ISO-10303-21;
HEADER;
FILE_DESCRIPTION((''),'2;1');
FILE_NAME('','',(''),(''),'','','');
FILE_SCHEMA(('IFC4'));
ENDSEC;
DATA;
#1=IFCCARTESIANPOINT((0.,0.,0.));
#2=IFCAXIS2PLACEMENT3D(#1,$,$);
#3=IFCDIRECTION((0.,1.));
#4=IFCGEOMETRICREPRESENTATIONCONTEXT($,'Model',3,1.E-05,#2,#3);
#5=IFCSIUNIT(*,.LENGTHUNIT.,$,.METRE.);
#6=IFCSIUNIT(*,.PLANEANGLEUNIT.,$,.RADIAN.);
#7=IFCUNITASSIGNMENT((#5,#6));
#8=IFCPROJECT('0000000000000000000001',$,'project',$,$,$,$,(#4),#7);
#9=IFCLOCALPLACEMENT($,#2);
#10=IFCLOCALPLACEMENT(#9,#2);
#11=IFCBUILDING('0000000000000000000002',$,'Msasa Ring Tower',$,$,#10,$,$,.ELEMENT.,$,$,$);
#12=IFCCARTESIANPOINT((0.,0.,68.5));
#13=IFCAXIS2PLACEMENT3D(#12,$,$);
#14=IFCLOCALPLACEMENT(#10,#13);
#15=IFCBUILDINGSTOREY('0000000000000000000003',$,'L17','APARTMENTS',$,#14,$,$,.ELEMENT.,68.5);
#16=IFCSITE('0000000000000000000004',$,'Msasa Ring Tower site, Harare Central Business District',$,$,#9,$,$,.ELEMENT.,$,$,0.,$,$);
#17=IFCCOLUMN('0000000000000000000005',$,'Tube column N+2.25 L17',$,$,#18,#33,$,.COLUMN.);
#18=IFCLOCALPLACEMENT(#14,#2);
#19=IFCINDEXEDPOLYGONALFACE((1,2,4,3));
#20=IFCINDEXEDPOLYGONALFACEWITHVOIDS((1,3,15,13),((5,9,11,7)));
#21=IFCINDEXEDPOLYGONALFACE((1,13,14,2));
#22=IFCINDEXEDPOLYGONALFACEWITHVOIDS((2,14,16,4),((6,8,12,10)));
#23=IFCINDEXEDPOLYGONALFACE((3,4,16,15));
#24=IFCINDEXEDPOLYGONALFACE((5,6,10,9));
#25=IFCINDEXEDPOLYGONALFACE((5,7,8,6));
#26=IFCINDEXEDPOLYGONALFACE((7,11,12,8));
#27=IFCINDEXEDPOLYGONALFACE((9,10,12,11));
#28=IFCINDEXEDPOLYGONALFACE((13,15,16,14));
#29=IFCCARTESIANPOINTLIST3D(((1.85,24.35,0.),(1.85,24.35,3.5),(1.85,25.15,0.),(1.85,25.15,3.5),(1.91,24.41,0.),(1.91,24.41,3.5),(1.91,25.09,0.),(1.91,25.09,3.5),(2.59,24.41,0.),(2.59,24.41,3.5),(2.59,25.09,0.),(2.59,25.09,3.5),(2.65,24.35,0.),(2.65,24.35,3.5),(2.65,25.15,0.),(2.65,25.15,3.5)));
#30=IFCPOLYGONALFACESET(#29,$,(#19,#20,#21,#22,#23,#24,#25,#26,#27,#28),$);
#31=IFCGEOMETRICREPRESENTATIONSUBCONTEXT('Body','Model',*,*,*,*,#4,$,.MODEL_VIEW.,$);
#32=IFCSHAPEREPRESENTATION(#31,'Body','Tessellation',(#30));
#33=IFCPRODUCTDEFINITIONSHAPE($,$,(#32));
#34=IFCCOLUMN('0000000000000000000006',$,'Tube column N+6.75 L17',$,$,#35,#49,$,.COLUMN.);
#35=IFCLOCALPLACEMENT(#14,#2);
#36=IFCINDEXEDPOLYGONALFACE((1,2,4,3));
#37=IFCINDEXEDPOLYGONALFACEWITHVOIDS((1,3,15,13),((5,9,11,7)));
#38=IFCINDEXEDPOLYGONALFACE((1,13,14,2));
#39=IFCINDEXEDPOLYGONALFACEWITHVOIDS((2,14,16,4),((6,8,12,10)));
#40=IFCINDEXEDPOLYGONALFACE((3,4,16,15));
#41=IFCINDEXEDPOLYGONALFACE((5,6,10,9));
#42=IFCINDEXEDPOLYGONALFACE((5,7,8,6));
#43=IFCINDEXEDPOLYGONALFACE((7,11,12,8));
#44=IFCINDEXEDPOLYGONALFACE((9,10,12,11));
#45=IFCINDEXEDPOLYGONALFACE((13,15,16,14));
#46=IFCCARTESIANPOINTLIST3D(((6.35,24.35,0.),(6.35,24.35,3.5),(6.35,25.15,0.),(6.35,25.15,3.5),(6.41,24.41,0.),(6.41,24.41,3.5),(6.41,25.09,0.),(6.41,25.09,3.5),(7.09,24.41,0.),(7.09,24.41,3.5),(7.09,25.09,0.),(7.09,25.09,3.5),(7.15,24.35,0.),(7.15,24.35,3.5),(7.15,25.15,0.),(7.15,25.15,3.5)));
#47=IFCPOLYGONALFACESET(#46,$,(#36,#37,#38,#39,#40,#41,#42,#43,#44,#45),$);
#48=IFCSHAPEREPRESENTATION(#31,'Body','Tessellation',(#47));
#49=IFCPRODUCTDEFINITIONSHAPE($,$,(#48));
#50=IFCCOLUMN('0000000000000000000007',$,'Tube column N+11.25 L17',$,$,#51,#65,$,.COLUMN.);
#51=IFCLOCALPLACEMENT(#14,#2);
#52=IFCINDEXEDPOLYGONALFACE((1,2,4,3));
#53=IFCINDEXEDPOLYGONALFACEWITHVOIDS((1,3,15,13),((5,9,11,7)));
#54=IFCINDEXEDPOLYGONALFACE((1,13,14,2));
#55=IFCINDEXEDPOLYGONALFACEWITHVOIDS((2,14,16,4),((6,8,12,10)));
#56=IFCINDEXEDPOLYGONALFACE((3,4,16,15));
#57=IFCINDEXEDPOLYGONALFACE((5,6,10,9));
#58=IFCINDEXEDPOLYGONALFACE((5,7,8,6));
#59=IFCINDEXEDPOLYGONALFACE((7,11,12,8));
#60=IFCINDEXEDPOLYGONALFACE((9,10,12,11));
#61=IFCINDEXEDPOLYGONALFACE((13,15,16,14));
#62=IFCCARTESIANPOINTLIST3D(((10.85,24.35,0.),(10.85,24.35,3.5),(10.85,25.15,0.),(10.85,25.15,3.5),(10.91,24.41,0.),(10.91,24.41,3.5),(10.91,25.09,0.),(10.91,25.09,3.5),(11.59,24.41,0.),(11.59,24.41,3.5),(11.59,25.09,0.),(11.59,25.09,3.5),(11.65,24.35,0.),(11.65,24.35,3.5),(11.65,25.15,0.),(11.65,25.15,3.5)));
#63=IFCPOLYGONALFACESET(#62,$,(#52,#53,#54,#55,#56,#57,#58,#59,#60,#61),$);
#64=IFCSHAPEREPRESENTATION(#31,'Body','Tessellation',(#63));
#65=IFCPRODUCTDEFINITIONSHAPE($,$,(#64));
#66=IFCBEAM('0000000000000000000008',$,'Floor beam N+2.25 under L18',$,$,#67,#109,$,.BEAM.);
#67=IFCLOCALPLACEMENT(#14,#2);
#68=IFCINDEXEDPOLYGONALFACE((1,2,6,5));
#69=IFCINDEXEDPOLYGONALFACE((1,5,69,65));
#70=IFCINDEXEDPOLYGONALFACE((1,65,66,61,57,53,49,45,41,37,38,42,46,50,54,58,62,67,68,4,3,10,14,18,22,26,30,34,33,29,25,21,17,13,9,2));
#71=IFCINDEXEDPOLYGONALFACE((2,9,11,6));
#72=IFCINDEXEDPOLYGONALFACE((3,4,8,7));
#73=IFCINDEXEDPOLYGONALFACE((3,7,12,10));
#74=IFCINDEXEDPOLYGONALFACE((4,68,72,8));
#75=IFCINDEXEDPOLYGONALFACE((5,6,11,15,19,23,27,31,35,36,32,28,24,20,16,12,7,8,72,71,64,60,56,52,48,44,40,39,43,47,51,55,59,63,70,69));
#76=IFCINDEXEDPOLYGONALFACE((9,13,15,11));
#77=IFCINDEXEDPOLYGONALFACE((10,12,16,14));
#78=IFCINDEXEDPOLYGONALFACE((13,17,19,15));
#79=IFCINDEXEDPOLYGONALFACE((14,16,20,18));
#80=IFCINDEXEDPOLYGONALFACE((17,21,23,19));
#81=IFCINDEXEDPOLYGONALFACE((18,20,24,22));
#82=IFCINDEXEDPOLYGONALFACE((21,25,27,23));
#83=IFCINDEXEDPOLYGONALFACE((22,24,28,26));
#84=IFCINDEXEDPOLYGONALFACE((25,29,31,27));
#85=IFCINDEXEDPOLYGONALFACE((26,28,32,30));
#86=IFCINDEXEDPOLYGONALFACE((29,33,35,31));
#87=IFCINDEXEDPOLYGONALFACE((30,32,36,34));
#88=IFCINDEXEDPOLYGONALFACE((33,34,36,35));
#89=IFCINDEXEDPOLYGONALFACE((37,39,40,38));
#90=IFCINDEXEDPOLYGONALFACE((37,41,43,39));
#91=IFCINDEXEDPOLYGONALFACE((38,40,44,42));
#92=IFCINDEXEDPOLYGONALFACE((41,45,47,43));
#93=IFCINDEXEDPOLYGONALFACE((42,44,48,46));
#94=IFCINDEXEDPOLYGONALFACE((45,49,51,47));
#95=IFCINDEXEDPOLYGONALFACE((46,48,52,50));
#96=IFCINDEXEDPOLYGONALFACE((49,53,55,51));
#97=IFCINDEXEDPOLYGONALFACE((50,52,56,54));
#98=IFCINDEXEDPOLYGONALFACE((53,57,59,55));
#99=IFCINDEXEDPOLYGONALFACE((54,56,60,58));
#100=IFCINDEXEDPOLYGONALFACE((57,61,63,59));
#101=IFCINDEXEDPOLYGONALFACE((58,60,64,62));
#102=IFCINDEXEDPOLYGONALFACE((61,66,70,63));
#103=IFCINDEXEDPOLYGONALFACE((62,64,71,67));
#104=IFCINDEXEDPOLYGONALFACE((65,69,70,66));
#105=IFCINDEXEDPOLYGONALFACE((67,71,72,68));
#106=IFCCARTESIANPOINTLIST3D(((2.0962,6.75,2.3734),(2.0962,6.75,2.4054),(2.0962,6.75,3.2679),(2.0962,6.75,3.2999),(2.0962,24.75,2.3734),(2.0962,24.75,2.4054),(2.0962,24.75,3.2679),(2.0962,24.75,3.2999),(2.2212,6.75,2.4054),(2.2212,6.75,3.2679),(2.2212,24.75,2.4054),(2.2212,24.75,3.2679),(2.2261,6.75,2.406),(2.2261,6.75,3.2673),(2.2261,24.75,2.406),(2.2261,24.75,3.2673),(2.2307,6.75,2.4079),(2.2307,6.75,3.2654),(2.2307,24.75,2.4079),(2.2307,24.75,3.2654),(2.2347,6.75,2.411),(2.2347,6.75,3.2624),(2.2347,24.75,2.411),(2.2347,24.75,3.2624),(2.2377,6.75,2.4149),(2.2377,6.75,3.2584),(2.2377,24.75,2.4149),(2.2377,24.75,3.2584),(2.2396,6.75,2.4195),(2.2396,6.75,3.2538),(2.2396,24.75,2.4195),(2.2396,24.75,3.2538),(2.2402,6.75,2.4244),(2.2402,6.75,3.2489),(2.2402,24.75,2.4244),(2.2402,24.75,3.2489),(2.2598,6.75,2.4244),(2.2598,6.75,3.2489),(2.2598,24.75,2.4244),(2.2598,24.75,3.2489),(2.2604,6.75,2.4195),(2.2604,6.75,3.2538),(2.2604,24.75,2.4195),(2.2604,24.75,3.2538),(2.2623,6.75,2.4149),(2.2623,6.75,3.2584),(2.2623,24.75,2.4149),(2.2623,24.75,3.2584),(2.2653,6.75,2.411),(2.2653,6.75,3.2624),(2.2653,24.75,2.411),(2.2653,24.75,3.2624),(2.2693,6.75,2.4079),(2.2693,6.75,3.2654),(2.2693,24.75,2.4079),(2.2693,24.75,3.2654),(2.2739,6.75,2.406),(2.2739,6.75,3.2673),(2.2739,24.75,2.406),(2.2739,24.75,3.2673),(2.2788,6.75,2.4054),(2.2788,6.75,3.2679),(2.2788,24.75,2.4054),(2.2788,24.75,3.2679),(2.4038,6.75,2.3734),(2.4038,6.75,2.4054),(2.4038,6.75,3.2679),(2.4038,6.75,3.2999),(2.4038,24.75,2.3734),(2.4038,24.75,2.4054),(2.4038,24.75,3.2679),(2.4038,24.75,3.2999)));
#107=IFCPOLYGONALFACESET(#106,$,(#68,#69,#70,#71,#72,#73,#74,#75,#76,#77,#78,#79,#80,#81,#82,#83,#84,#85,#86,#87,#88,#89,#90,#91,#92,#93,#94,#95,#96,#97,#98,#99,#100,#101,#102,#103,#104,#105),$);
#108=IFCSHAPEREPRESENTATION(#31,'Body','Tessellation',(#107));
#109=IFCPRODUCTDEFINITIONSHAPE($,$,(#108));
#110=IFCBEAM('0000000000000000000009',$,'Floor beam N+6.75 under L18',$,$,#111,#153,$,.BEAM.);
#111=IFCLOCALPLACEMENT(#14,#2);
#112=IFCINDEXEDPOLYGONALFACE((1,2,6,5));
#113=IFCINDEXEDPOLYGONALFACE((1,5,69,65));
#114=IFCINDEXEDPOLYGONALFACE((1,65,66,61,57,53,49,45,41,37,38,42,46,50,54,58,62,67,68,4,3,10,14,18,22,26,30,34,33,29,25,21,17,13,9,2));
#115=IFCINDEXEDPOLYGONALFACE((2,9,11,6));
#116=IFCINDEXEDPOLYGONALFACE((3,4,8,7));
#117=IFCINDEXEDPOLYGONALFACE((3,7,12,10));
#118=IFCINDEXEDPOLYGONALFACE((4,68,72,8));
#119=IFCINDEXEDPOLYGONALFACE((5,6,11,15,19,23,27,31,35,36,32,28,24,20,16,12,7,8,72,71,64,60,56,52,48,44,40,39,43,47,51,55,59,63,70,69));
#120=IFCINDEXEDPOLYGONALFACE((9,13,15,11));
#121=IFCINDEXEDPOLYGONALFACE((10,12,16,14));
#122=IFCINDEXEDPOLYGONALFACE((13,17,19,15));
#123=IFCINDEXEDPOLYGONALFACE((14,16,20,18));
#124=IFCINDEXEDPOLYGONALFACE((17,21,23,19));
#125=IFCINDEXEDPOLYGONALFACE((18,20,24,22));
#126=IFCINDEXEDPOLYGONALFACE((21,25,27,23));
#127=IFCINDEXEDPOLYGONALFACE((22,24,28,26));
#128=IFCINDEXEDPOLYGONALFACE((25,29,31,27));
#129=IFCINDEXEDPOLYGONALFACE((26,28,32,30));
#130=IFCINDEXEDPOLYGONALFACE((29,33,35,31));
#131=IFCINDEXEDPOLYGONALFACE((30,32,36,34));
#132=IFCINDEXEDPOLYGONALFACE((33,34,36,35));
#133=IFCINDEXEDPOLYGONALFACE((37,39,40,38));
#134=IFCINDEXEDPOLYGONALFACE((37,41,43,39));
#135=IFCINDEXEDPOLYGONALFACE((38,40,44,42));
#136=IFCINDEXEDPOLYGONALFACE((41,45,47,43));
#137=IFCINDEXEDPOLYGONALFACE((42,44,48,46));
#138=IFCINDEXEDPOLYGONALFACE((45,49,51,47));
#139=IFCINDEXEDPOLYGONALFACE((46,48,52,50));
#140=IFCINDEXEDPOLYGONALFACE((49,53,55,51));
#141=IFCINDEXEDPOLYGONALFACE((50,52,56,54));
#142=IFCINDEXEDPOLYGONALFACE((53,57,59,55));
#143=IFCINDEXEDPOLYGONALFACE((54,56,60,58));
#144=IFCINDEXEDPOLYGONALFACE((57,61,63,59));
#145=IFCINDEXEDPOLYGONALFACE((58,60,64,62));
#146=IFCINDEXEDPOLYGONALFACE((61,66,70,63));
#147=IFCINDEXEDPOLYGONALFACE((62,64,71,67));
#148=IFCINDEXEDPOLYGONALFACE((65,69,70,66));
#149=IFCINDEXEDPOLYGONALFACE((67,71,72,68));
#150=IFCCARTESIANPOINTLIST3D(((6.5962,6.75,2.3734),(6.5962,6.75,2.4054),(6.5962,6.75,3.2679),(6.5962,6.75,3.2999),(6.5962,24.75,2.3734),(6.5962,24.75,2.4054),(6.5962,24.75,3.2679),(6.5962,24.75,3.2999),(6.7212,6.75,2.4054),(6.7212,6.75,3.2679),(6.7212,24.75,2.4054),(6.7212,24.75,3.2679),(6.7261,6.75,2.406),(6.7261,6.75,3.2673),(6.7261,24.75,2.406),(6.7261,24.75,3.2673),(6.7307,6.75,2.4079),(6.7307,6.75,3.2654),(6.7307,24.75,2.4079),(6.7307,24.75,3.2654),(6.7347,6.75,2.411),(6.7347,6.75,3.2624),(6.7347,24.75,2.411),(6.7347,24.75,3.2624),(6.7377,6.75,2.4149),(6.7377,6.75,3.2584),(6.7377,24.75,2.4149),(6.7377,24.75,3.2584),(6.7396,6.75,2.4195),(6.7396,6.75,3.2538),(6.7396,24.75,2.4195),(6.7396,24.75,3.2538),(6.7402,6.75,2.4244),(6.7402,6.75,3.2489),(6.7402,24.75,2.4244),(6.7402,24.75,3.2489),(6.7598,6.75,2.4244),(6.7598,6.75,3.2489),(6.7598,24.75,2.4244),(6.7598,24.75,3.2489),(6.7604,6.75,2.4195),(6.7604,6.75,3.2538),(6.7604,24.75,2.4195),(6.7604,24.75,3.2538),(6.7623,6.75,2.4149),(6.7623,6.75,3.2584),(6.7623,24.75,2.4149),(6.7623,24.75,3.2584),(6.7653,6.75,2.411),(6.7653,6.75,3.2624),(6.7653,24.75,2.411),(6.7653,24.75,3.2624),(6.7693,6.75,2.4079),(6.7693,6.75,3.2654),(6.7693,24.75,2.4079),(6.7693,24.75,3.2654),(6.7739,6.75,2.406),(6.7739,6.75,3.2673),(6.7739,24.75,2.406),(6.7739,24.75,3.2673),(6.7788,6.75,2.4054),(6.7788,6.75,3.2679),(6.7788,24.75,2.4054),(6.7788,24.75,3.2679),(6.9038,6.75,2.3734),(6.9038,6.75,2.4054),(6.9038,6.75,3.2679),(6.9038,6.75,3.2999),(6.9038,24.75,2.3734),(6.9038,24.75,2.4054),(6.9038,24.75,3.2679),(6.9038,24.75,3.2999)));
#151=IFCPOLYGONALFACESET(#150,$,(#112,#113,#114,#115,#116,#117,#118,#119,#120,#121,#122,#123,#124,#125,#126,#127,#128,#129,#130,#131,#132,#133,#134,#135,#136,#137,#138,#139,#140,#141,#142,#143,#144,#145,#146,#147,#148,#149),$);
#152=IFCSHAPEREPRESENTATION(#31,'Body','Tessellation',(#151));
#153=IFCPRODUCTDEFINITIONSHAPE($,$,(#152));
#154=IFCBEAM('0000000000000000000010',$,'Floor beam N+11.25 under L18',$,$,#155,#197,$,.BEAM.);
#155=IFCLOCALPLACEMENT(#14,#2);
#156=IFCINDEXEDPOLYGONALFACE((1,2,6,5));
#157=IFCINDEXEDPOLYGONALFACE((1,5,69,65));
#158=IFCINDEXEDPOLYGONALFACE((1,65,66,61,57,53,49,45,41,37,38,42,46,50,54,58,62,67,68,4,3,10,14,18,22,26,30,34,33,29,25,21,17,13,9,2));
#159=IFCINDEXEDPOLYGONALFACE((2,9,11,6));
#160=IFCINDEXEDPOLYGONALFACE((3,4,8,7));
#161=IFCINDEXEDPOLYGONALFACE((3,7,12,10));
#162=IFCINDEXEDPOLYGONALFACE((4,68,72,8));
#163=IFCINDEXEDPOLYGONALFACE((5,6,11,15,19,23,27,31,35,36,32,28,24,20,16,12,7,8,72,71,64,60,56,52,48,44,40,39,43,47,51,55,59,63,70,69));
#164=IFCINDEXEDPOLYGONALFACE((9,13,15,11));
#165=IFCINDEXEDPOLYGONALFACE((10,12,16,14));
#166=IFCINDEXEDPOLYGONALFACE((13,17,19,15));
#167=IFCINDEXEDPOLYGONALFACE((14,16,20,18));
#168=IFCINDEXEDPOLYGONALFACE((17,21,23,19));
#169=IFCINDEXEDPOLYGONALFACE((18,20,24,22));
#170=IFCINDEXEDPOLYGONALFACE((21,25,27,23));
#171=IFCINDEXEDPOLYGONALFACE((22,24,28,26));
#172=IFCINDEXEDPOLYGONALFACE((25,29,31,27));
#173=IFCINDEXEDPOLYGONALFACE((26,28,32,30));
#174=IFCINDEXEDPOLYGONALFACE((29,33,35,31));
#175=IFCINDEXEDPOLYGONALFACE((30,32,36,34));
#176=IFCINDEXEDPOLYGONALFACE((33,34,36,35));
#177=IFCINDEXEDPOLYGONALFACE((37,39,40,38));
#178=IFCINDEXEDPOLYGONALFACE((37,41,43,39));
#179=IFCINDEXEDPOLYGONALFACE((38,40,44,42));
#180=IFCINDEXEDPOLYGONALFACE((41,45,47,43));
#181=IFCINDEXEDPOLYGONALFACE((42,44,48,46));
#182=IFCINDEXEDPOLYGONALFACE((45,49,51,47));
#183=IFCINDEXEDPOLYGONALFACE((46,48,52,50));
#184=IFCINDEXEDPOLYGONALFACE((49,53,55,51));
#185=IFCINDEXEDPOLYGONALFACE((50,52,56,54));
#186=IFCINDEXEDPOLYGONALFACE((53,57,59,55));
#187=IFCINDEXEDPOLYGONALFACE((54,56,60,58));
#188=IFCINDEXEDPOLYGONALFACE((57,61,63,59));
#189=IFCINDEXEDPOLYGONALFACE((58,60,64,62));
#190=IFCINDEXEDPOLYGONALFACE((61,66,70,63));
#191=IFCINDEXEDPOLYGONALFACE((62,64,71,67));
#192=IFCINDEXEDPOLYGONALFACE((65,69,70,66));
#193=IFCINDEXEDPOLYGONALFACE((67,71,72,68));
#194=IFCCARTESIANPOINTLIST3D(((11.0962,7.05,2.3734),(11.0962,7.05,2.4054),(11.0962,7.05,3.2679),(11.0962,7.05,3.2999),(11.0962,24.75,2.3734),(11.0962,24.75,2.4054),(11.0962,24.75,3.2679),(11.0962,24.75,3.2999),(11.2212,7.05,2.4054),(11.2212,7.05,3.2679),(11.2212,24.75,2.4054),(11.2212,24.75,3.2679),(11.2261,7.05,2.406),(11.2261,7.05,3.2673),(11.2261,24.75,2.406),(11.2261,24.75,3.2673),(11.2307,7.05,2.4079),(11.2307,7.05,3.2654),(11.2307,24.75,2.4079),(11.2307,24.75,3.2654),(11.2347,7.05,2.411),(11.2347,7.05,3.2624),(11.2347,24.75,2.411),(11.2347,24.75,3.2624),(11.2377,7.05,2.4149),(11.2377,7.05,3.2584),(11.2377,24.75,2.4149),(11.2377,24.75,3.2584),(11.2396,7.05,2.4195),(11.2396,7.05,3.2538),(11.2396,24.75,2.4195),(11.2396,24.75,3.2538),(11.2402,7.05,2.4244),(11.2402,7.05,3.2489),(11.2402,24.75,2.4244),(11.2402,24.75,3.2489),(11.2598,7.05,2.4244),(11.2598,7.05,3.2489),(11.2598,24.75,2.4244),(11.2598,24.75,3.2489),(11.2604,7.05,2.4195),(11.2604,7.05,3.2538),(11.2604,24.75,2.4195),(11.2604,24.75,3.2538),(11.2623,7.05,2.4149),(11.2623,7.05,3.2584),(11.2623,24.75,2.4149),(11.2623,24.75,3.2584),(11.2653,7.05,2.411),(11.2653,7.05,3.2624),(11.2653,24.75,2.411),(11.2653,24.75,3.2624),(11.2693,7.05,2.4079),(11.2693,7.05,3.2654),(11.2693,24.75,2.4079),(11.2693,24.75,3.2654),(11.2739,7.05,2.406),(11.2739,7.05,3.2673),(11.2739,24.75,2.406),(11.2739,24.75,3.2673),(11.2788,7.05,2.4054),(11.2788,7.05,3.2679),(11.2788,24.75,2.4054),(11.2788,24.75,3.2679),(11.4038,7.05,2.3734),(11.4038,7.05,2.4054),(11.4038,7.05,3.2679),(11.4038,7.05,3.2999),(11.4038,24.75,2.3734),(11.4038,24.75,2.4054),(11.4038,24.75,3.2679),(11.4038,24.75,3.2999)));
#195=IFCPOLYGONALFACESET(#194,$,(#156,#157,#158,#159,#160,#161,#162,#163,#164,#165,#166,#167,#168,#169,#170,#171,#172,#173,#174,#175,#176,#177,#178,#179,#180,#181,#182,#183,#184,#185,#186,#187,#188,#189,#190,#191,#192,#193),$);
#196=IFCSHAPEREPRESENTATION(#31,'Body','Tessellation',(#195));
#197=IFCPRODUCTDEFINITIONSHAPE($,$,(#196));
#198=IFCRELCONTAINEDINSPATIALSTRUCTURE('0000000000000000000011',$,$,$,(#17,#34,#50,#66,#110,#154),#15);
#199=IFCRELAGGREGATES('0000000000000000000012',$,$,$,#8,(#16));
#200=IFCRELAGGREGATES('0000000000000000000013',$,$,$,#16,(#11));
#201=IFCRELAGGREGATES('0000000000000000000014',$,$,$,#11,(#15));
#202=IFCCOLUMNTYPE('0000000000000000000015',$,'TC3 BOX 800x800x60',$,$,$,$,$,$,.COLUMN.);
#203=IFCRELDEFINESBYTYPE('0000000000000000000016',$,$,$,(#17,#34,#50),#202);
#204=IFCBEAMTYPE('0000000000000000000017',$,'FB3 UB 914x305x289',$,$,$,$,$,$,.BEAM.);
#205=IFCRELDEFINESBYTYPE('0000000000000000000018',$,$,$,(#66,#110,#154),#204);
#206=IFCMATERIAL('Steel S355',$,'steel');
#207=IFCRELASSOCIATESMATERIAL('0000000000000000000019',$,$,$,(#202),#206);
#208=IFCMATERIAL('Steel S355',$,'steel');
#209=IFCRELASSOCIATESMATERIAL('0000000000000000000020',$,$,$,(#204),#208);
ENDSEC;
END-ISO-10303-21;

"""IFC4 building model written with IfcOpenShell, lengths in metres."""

from ifc_helpers import new_model, si_unit, direction, frame, origin, origin_2d, place, context, subcontext, project, spatial, hollow_rectangle, i_section, extrude, material, material_profile, profile_set, type_object, element, save


model = new_model("IFC4")

# Units and contexts
model_context = context("Model", 3, precision=1e-05, world=origin(), true_north=direction((0.0, 1.0)))
body_context = subcontext(model_context, "Body", "Model", "MODEL_VIEW")
ifc_project = project(units=[si_unit("LENGTHUNIT", "METRE"), si_unit("PLANEANGLEUNIT", "RADIAN")], contexts=[model_context])

# Site, building, storey
site_placement = place(None, origin())
site = spatial("IfcSite", under=ifc_project, at=site_placement, Name="Msasa Ring Tower site, Harare Central Business District", CompositionType="ELEMENT", RefElevation=0.0)
building_placement = place(site_placement, origin())
building = spatial("IfcBuilding", under=site, at=building_placement, Name="Msasa Ring Tower", CompositionType="ELEMENT")
storey_placement = place(building_placement, frame((0.0, 0.0, 68.5)))
storey = spatial("IfcBuildingStorey", under=building, at=storey_placement, Name="L17", Description="APARTMENTS", CompositionType="ELEMENT", Elevation=68.5)

# Columns
ifc_material_1 = material(Name="Steel S355", Category="steel")
ifc_material_profile_1 = material_profile(ifc_material_1, hollow_rectangle(XDim=0.8, YDim=0.8, WallThickness=0.0601, at=origin_2d()), Name="BOX 800x800x60")
ifc_profile_set_1 = profile_set([ifc_material_profile_1], Name="Steel S355")
column_type = type_object("IfcColumnType", Name="TC3 BOX 800x800x60", PredefinedType="COLUMN", material=ifc_profile_set_1)
for number, where, z_axis, x_axis, name in (
    (1, (2.25, 24.75, 0.0), (0.0, 0.0, 1.0), (0.0, 1.0, 0.0), "Tube column N+2.25 L17"),
    (2, (6.75, 24.75, 0.0), (0.0, 0.0, 1.0), (0.0, 1.0, 0.0), "Tube column N+6.75 L17"),
    (3, (11.25, 24.75, 0.0), (0.0, 0.0, 1.0), (0.0, 1.0, 0.0), "Tube column N+11.25 L17"),
):
    element("IfcColumn", number, at=place(storey_placement, frame(where, z_axis=z_axis, x_axis=x_axis)), inside=storey, type_object=column_type, Name=name, PredefinedType="COLUMN", context=body_context, shape_type="SweptSolid", body=[
        extrude(hollow_rectangle(XDim=0.8, YDim=0.8, WallThickness=0.0601, at=origin_2d()), origin(), (0.0, 0.0, 1.0), 3.5),
    ])

# Beams
ifc_material_2 = material(Name="Steel S355", Category="steel")
ifc_material_profile_2 = material_profile(ifc_material_2, i_section(OverallWidth=0.3076, OverallDepth=0.9265, WebThickness=0.0195, FlangeThickness=0.032, FilletRadius=0.019, at=origin_2d()), Name="UB 914x305x289")
ifc_profile_set_2 = profile_set([ifc_material_profile_2], Name="Steel S355")
beam_type_1 = type_object("IfcBeamType", Name="FB3 UB 914x305x289", PredefinedType="BEAM", material=ifc_profile_set_2)
for number, where, z_axis, x_axis, name in (
    (4, (2.25, 24.75, 2.8367), (0.0, -1.0, 0.0), (1.0, 0.0, 0.0), "Floor beam N+2.25 under L18"),
    (5, (6.75, 24.75, 2.8367), (0.0, -1.0, 0.0), (1.0, 0.0, 0.0), "Floor beam N+6.75 under L18"),
):
    element("IfcBeam", number, at=place(storey_placement, frame(where, z_axis=z_axis, x_axis=x_axis)), inside=storey, type_object=beam_type_1, Name=name, PredefinedType="BEAM", context=body_context, shape_type="SweptSolid", body=[
        extrude(i_section(OverallWidth=0.3076, OverallDepth=0.9265, WebThickness=0.0195, FlangeThickness=0.032, FilletRadius=0.019, at=origin_2d()), origin(), (0.0, 0.0, 1.0), 18.0),
    ])
beam_placement = place(storey_placement, frame((11.25, 24.75, 2.8367), z_axis=(0.0, -1.0, 0.0), x_axis=(1.0, 0.0, 0.0)))
element("IfcBeam", 6, at=beam_placement, inside=storey, type_object=beam_type_1, Name="Floor beam N+11.25 under L18", PredefinedType="BEAM", context=body_context, shape_type="SweptSolid", body=[
    extrude(i_section(OverallWidth=0.3076, OverallDepth=0.9265, WebThickness=0.0195, FlangeThickness=0.032, FilletRadius=0.019, at=origin_2d()), origin(), (0.0, 0.0, 1.0), 17.7),
])

save(model, "model.ifc")
